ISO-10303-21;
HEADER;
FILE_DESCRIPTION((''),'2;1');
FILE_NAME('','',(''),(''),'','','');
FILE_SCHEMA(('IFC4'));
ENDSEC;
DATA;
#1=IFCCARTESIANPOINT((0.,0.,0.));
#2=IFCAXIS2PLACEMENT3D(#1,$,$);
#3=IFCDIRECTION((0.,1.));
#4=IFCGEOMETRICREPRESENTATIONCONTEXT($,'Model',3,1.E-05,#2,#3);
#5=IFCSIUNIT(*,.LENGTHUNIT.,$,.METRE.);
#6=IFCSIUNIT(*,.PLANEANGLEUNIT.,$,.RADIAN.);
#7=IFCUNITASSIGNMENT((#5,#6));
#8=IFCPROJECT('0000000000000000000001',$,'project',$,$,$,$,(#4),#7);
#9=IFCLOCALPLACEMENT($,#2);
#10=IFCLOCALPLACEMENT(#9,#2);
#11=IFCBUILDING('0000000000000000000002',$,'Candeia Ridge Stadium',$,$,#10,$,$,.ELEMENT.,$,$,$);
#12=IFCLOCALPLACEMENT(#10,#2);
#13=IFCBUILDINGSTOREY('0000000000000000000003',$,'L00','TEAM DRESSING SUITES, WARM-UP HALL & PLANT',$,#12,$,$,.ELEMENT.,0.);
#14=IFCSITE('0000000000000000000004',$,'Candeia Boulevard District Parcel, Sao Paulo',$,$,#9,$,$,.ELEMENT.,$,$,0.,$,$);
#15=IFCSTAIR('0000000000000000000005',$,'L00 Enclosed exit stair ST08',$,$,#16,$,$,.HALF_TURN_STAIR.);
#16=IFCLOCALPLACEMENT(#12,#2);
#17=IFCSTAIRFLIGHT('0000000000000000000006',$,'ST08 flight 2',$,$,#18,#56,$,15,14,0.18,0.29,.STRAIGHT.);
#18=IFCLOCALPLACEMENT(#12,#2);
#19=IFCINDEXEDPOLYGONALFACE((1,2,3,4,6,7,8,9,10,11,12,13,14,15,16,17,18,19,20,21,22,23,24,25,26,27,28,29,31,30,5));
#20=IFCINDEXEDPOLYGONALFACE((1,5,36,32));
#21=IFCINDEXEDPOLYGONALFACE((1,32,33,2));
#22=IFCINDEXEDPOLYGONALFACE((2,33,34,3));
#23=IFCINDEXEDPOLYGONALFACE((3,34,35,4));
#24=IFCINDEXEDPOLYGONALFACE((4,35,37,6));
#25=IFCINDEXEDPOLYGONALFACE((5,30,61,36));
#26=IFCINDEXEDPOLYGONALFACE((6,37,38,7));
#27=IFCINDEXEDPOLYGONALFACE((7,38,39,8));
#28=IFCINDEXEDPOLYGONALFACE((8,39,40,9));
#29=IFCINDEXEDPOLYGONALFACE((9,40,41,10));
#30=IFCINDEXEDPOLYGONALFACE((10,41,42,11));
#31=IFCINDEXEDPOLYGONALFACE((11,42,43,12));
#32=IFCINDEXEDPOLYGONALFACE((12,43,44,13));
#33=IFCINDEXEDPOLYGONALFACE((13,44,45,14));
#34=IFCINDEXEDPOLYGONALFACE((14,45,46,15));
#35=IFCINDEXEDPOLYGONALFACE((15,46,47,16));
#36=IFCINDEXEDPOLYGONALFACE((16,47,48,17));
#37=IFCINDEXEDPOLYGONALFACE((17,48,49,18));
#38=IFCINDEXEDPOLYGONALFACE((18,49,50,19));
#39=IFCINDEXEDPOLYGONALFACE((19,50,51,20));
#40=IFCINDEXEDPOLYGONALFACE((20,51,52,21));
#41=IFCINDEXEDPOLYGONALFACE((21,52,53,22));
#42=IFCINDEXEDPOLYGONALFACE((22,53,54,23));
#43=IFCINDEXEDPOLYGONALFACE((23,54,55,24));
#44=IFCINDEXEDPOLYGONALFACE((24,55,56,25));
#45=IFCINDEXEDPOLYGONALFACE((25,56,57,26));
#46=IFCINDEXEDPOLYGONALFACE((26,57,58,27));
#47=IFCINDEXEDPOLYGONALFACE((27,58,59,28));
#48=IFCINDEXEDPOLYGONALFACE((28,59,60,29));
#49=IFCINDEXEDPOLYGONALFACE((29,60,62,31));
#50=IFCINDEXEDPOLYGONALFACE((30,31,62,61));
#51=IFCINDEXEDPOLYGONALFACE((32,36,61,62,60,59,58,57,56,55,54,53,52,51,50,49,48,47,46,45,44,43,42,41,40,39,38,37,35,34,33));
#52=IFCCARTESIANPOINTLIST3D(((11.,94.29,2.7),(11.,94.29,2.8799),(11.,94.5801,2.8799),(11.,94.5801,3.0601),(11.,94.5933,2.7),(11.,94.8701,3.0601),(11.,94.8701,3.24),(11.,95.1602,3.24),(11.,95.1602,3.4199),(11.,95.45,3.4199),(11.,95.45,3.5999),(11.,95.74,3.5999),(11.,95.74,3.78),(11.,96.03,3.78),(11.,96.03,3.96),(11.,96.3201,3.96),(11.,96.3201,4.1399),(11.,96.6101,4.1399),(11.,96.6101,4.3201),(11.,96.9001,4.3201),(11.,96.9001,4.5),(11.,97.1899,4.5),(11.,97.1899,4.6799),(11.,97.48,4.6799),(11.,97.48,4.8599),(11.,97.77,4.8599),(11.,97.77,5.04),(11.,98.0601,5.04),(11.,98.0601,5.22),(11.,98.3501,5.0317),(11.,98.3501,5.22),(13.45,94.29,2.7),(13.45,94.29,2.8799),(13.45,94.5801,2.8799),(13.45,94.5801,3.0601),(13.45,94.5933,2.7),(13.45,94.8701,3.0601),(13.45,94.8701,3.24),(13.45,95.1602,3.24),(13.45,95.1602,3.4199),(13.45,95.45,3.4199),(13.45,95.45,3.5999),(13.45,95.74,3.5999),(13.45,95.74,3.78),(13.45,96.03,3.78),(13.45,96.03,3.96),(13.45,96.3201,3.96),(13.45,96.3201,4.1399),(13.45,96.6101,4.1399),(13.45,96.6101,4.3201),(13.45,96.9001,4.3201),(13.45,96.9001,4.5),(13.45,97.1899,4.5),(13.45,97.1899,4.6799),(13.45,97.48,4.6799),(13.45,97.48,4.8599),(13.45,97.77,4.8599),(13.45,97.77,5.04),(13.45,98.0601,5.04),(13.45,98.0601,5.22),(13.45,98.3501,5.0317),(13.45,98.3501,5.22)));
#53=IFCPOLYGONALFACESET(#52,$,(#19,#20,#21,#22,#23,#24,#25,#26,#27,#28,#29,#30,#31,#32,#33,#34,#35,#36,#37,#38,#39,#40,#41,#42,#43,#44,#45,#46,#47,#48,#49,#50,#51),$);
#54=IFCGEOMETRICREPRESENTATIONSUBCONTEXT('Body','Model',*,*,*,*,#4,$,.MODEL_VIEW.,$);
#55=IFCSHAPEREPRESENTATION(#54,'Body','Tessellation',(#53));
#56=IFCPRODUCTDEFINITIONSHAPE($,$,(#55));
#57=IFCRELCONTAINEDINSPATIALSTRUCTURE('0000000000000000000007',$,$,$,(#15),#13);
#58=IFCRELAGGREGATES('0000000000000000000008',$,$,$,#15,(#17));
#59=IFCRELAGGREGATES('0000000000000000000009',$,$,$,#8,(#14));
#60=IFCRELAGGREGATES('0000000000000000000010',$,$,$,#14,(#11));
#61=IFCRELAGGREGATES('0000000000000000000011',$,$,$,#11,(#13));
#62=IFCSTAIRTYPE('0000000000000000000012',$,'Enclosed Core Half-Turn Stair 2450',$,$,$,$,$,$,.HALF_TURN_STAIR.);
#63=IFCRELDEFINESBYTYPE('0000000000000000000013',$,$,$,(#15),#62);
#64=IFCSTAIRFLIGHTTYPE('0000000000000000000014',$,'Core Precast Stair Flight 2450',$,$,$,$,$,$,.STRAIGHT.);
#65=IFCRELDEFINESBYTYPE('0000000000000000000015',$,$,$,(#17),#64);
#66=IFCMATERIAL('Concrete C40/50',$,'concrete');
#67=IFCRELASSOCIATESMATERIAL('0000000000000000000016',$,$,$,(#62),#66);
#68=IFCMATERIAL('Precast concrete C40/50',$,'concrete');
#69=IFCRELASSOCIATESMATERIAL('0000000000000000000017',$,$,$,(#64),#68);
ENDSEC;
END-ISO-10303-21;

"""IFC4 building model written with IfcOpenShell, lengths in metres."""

from ifc_helpers import new_model, si_unit, direction, frame, origin, place, context, subcontext, project, spatial, polyline, outline, extrude, material, type_object, element, aggregate, save


model = new_model("IFC4")

# Units and contexts
model_context = context("Model", 3, precision=1e-05, world=origin(), true_north=direction((0.0, 1.0)))
body_context = subcontext(model_context, "Body", "Model", "MODEL_VIEW")
ifc_project = project(units=[si_unit("LENGTHUNIT", "METRE"), si_unit("PLANEANGLEUNIT", "RADIAN")], contexts=[model_context])

# Site, building, storey
site_placement = place(None, origin())
site = spatial("IfcSite", under=ifc_project, at=site_placement, Name="Candeia Boulevard District Parcel, Sao Paulo", CompositionType="ELEMENT", RefElevation=0.0)
building_placement = place(site_placement, origin())
building = spatial("IfcBuilding", under=site, at=building_placement, Name="Candeia Ridge Stadium", CompositionType="ELEMENT")
storey_placement = place(building_placement, origin())
storey = spatial("IfcBuildingStorey", under=building, at=storey_placement, Name="L00", Description="TEAM DRESSING SUITES, WARM-UP HALL & PLANT", CompositionType="ELEMENT", Elevation=0.0)

# Shared definitions
ifc_material_1 = material(Name="Concrete C40/50", Category="concrete")

# Stair, stair flight
stair_type = type_object("IfcStairType", Name="Enclosed Core Half-Turn Stair 2450", PredefinedType="HALF_TURN_STAIR", material=ifc_material_1)
stair_placement = place(storey_placement, origin())
stair = element("IfcStair", 1, at=stair_placement, inside=storey, type_object=stair_type, Name="L00 Enclosed exit stair ST08", PredefinedType="HALF_TURN_STAIR")
ifc_material_2 = material(Name="Precast concrete C40/50", Category="concrete")
stair_flight_type = type_object("IfcStairFlightType", Name="Core Precast Stair Flight 2450", PredefinedType="STRAIGHT", material=ifc_material_2)
stair_flight_placement = place(storey_placement, frame((12.2251, 94.29, 2.7), z_axis=(0.0, 0.0, 1.0), x_axis=(0.0, 1.0, 0.0)))
stair_flight = element("IfcStairFlight", 2, at=stair_flight_placement, type_object=stair_flight_type, Name="ST08 flight 2", NumberOfRisers=15, NumberOfTreads=14, PredefinedType="STRAIGHT", RiserHeight=0.18, TreadLength=0.29, context=body_context, shape_type="SweptSolid", body=[
    extrude(outline(polyline([(0.0, 0.0), (0.0, 0.1799), (0.29, 0.1799), (0.29, 0.3601), (0.5801, 0.3601), (0.5801, 0.54), (0.8701, 0.54), (0.8701, 0.72), (1.1599, 0.72), (1.1599, 0.8999), (1.45, 0.8999), (1.45, 1.0801), (1.74, 1.0801), (1.74, 1.26), (2.03, 1.26), (2.03, 1.4399), (2.3201, 1.4399), (2.3201, 1.6201), (2.6101, 1.6201), (2.6101, 1.8), (2.8999, 1.8), (2.8999, 1.98), (3.1899, 1.98), (3.1899, 2.1599), (3.48, 2.1599), (3.48, 2.3401), (3.77, 2.3401), (3.77, 2.52), (4.0601, 2.52), (4.0601, 2.7), (4.0601, 2.3318), (0.3032, 0.0), (0.0, 0.0)])), frame((0.0, 1.2251, 0.0), z_axis=(0.0, -1.0, 0.0), x_axis=(1.0, 0.0, 0.0)), (0.0, 0.0, 1.0), 2.45),
])
aggregate(stair, [stair_flight])

save(model, "model.ifc")
